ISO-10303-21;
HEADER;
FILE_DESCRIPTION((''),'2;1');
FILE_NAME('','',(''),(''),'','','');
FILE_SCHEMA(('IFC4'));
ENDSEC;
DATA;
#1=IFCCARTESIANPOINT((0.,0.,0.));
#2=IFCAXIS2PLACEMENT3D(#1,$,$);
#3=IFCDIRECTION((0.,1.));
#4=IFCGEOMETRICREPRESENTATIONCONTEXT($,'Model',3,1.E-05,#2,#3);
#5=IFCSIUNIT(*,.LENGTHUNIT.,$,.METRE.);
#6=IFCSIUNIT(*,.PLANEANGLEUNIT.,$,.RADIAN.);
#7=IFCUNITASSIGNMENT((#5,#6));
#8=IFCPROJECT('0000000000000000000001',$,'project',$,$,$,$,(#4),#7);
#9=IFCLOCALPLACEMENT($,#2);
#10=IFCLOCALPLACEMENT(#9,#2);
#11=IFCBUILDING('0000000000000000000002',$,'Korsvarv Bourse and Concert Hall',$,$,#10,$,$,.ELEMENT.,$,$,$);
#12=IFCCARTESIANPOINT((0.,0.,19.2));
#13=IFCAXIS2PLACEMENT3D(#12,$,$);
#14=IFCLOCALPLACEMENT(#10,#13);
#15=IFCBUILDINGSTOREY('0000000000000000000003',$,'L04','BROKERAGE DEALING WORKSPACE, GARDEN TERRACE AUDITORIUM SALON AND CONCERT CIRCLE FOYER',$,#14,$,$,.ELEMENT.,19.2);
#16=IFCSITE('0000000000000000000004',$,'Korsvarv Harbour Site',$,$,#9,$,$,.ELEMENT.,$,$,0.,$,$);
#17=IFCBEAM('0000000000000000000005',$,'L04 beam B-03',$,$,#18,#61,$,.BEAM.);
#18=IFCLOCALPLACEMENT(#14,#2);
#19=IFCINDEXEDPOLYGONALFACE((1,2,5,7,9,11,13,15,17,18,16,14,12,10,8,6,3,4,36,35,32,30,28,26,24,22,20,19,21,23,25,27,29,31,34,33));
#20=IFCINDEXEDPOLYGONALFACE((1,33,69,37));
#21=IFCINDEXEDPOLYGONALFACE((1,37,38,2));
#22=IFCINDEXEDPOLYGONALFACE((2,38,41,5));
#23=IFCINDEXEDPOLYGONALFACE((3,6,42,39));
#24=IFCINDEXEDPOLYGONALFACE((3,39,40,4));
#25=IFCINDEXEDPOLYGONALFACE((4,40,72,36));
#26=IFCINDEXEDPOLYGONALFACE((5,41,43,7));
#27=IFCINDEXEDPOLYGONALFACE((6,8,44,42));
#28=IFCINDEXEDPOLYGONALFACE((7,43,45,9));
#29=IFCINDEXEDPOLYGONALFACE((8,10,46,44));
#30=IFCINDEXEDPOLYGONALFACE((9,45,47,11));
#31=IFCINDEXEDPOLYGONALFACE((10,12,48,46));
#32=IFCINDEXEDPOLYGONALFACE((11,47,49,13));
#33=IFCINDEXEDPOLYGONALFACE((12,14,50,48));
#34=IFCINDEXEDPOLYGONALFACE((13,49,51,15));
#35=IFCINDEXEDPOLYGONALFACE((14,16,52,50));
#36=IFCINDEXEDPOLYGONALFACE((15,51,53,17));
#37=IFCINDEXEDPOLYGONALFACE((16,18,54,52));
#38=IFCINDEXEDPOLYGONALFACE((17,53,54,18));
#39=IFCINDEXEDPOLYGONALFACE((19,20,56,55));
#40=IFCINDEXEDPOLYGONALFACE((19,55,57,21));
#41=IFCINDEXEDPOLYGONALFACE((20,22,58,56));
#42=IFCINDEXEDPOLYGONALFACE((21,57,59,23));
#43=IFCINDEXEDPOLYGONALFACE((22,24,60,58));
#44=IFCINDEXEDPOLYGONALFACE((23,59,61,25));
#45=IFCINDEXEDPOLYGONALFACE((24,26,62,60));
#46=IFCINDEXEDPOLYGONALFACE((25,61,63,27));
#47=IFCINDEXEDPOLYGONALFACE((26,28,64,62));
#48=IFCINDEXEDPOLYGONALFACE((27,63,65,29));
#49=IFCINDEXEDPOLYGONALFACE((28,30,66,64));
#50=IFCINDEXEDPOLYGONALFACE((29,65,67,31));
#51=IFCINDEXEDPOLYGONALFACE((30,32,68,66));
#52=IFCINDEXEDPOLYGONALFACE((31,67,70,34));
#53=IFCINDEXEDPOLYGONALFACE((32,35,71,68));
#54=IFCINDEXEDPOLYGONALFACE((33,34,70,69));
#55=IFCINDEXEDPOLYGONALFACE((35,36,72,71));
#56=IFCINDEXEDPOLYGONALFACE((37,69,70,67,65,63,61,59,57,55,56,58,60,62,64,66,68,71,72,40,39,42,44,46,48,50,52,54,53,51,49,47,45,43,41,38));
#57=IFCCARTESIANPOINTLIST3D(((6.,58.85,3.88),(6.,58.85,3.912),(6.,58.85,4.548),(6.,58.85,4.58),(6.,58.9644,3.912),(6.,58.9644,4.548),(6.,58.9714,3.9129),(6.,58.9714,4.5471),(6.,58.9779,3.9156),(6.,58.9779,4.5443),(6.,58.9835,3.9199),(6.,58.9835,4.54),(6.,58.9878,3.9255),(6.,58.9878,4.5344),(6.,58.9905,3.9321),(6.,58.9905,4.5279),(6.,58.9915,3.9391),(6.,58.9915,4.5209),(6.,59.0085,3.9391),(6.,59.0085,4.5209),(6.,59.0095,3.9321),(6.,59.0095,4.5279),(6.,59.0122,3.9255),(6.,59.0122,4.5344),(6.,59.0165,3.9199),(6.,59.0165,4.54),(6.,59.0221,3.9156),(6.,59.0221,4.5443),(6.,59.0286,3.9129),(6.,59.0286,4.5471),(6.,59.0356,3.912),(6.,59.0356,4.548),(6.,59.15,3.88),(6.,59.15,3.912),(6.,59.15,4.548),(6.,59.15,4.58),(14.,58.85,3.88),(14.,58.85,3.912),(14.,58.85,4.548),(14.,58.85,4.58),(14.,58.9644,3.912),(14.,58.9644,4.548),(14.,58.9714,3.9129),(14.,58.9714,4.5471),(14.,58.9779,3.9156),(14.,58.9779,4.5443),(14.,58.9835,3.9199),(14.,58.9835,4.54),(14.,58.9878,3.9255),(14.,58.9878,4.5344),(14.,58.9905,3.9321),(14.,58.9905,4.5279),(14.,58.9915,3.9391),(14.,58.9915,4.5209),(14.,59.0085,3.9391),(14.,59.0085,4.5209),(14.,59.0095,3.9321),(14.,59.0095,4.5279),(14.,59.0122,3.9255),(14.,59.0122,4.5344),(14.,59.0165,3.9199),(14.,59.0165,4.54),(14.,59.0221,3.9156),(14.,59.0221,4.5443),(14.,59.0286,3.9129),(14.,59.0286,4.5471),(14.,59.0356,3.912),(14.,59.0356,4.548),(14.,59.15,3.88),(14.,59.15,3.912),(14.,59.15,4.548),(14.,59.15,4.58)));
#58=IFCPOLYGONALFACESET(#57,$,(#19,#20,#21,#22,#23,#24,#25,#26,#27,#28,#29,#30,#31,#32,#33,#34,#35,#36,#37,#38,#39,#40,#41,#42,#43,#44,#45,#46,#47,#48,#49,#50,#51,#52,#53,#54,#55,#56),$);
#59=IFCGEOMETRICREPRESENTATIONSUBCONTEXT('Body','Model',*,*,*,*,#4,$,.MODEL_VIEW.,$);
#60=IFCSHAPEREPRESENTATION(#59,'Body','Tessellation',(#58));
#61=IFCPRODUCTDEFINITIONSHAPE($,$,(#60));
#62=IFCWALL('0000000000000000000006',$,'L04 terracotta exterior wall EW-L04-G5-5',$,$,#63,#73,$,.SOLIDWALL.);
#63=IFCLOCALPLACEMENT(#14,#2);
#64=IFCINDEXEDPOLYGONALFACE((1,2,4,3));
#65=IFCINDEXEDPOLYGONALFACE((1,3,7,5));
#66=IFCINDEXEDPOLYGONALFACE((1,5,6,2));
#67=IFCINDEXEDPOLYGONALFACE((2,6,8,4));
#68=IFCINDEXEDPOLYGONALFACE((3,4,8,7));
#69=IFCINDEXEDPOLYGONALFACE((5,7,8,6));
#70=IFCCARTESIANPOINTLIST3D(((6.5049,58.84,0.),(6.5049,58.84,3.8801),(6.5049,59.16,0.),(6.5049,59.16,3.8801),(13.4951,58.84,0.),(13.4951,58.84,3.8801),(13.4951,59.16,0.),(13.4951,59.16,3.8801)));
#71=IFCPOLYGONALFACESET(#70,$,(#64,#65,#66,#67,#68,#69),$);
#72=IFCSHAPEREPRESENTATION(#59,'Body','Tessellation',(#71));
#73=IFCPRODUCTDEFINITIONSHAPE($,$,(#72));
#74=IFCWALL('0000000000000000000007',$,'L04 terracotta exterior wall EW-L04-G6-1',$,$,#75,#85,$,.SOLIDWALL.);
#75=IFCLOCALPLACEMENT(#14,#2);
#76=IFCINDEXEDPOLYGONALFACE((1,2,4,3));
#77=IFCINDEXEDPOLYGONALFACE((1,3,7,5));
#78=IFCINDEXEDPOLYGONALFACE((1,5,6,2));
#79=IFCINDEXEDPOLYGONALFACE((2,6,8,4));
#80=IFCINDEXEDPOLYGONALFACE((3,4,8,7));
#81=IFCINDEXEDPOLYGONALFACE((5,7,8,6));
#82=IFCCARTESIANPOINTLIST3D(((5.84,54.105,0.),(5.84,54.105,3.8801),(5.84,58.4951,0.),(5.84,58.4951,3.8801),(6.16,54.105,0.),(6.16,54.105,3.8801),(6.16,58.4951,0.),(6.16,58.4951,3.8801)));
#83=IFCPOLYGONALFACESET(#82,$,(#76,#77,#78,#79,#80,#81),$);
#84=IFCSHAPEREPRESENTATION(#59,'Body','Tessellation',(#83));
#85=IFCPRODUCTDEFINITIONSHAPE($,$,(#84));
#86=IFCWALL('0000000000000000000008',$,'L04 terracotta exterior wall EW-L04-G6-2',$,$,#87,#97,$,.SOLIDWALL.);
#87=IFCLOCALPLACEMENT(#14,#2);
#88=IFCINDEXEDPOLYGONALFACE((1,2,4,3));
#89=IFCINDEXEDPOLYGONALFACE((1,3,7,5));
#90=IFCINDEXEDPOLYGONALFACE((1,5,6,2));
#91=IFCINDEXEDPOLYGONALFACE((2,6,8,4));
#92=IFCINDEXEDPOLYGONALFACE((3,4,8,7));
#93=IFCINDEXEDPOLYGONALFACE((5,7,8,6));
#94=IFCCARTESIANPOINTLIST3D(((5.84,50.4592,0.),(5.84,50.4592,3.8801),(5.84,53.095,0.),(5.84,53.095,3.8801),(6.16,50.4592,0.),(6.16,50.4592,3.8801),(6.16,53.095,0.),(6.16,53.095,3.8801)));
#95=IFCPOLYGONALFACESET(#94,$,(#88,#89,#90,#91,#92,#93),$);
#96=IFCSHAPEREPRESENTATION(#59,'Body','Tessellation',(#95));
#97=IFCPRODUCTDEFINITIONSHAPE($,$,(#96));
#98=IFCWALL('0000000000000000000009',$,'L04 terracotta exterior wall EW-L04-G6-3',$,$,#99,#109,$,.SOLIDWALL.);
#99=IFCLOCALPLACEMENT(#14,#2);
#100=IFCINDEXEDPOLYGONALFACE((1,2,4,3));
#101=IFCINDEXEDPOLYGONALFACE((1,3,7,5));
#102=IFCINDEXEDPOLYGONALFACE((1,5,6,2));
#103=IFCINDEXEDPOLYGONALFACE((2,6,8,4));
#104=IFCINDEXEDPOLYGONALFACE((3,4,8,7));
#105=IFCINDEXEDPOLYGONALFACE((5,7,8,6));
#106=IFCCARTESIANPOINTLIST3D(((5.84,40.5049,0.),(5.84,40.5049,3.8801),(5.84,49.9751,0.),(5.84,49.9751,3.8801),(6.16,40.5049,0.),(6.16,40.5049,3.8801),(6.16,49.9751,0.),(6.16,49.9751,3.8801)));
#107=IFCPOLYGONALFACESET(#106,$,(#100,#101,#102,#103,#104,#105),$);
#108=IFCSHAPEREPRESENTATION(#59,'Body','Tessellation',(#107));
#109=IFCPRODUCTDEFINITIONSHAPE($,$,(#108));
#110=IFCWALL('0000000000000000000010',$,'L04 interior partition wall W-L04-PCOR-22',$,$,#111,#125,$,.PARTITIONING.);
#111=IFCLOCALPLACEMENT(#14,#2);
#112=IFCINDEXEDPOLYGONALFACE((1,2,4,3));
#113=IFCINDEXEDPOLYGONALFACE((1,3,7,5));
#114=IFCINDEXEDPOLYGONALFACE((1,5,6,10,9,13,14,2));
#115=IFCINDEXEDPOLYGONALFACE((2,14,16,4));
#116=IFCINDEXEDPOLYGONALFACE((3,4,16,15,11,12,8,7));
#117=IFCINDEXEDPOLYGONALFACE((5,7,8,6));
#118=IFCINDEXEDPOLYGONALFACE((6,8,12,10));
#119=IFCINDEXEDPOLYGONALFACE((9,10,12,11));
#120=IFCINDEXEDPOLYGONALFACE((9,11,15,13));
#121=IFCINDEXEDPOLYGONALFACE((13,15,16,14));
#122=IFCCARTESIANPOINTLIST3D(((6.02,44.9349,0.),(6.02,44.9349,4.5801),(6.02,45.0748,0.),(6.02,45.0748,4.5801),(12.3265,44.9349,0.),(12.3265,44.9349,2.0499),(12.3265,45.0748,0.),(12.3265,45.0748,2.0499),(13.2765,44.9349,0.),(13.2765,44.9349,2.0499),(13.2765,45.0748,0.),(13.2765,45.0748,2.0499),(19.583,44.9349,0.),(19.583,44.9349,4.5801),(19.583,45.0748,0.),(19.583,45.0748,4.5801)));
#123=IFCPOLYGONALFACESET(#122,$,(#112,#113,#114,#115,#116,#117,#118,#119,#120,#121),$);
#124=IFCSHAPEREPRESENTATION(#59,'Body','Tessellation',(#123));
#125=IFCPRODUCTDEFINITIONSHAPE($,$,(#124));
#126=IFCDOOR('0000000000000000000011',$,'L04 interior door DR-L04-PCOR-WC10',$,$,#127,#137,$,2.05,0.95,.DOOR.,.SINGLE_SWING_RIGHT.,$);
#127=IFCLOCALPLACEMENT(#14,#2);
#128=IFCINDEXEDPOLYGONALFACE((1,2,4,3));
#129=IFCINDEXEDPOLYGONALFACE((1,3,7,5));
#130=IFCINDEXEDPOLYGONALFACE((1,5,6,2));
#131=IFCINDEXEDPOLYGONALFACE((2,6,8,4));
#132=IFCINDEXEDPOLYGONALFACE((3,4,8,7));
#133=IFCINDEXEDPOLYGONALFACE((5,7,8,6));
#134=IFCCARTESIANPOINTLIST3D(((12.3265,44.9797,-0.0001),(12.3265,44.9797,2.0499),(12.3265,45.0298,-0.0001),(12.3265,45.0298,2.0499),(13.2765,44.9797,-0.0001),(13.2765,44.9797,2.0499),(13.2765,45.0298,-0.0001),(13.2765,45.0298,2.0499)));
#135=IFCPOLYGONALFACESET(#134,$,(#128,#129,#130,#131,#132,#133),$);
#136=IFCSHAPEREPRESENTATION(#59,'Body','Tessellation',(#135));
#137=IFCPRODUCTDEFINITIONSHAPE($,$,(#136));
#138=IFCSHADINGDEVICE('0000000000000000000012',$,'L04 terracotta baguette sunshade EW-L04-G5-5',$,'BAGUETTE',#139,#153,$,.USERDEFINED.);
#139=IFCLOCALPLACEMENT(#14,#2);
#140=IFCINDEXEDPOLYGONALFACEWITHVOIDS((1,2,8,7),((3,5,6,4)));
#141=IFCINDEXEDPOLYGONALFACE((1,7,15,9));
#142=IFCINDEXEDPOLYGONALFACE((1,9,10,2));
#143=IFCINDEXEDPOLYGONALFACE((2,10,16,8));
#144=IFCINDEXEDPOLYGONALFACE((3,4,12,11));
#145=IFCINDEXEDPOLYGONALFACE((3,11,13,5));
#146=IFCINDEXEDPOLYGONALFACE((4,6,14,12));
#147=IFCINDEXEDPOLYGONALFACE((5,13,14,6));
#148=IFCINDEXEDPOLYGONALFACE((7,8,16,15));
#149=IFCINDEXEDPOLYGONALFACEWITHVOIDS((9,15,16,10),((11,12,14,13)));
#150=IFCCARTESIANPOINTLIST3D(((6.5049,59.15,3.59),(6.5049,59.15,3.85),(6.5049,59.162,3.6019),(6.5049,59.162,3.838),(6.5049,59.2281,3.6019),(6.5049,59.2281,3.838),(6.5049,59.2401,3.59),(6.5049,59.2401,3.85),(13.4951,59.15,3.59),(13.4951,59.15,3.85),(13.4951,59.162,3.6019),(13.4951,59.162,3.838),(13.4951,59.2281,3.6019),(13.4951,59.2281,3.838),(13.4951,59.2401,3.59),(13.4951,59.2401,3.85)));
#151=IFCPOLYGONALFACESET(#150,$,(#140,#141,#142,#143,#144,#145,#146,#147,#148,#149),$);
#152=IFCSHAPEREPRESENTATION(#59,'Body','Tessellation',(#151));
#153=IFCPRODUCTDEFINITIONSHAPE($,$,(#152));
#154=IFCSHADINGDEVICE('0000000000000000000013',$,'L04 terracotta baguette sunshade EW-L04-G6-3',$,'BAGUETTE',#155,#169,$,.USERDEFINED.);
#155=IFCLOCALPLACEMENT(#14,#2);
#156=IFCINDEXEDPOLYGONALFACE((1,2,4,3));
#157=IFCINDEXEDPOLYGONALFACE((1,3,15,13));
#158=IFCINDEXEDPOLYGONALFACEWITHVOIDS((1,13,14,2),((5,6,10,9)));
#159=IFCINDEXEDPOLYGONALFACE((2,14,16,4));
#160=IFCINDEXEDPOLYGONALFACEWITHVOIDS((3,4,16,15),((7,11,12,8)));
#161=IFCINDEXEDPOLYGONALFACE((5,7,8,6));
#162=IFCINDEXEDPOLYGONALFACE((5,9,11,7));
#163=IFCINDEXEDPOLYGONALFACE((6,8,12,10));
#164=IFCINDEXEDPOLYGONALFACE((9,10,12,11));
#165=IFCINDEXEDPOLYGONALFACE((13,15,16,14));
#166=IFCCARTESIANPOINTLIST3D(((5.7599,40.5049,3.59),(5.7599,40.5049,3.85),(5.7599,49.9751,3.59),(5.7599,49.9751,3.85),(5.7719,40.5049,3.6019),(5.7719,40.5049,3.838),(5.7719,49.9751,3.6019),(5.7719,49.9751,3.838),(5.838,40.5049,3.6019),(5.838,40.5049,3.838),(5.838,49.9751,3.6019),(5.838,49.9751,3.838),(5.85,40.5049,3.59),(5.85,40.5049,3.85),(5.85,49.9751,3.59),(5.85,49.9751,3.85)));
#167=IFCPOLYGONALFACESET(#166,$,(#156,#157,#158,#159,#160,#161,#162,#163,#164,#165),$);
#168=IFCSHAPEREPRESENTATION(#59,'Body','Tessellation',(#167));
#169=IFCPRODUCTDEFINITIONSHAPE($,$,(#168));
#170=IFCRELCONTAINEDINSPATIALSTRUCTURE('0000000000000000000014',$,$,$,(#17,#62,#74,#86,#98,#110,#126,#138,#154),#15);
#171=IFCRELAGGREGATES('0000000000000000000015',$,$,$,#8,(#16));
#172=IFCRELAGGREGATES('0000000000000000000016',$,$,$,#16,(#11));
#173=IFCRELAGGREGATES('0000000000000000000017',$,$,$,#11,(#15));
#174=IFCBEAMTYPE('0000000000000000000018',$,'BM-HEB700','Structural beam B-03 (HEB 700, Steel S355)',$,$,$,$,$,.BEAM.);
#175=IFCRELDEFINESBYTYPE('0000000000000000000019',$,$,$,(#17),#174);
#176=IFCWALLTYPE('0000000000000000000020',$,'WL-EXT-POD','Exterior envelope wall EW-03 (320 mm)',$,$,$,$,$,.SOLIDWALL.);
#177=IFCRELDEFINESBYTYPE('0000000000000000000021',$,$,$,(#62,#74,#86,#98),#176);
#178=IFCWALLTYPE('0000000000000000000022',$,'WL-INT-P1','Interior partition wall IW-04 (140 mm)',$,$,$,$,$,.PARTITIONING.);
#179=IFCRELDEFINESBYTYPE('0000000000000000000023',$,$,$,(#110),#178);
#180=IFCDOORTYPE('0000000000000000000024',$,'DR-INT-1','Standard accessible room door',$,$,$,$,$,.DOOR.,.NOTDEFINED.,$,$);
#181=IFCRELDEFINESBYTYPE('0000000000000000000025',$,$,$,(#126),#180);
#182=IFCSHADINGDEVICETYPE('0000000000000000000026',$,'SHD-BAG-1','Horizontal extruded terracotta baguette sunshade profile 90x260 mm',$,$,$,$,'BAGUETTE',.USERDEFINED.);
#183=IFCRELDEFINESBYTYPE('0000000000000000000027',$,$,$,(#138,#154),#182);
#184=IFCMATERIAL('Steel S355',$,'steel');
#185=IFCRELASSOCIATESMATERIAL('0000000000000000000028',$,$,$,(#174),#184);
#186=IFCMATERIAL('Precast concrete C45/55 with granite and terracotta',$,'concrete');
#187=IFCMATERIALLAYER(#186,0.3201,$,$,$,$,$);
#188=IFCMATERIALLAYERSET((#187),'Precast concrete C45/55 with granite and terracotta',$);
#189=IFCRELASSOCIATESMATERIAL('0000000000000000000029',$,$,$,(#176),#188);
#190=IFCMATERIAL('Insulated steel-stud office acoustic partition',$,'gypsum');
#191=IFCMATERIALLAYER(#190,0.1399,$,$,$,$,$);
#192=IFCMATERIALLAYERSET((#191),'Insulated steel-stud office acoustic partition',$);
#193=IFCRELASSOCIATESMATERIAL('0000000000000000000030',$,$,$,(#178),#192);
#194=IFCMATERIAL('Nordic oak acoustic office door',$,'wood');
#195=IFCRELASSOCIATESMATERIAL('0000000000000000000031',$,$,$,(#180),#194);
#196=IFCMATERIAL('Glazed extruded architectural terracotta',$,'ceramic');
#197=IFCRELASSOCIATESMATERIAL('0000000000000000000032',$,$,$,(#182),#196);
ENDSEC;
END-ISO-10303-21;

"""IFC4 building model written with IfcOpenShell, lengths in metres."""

from ifc_helpers import new_model, si_unit, direction, frame, frame_2d, origin, origin_2d, place, context, subcontext, project, spatial, rectangle, hollow_rectangle, i_section, extrude, source, transform, mapped, material, layer, layer_set, material_profile, profile_set, type_object, element, fill, save


model = new_model("IFC4")

# Units and contexts
model_context = context("Model", 3, precision=1e-05, world=origin(), true_north=direction((0.0, 1.0)))
body_context = subcontext(model_context, "Body", "Model", "MODEL_VIEW")
ifc_project = project(units=[si_unit("LENGTHUNIT", "METRE"), si_unit("PLANEANGLEUNIT", "RADIAN")], contexts=[model_context])

# Site, building, storey
site_placement = place(None, origin())
site = spatial("IfcSite", under=ifc_project, at=site_placement, Name="Korsvarv Harbour Site", CompositionType="ELEMENT", RefElevation=0.0)
building_placement = place(site_placement, origin())
building = spatial("IfcBuilding", under=site, at=building_placement, Name="Korsvarv Bourse and Concert Hall", CompositionType="ELEMENT")
storey_placement = place(building_placement, frame((0.0, 0.0, 19.2)))
storey = spatial("IfcBuildingStorey", under=building, at=storey_placement, Name="L04", Description="BROKERAGE DEALING WORKSPACE, GARDEN TERRACE AUDITORIUM SALON AND CONCERT CIRCLE FOYER", CompositionType="ELEMENT", Elevation=19.2)

# Beam
ifc_material_1 = material(Name="Steel S355", Category="steel")
ifc_material_profile_1 = material_profile(ifc_material_1, i_section(OverallWidth=0.3, OverallDepth=0.7, WebThickness=0.0171, FlangeThickness=0.032, FilletRadius=0.0271, at=origin_2d()), Name="HEB 700")
ifc_profile_set_1 = profile_set([ifc_material_profile_1], Name="Steel S355")
beam_type = type_object("IfcBeamType", Name="BM-HEB700", Description="Structural beam B-03 (HEB 700, Steel S355)", PredefinedType="BEAM", material=ifc_profile_set_1)
shared_shape_1 = source(origin(), body_context, "Body", "SweptSolid", [
    extrude(i_section(OverallWidth=0.3, OverallDepth=0.7, WebThickness=0.0171, FlangeThickness=0.032, FilletRadius=0.0271, at=origin_2d()), origin(), (0.0, 0.0, 1.0), 8.0),
])
beam_1_placement = place(storey_placement, frame((6.0, 59.0, 4.23), z_axis=(1.0, 0.0, 0.0), x_axis=(0.0, 1.0, 0.0)))
element("IfcBeam", 1, at=beam_1_placement, inside=storey, type_object=beam_type, Name="L04 beam B-03", PredefinedType="BEAM", context=body_context, shape_type="MappedRepresentation", body=[
    mapped(shared_shape_1, transform((0.0, 0.0, 0.0), scale=1.0)),
])

# Walls
ifc_material_2 = material(Name="Precast concrete C45/55 with granite and terracotta", Category="concrete")
ifc_layer_1 = layer(ifc_material_2, 0.3201)
ifc_layer_set_1 = layer_set([ifc_layer_1], Name="Precast concrete C45/55 with granite and terracotta")
wall_type_1 = type_object("IfcWallType", Name="WL-EXT-POD", Description="Exterior envelope wall EW-03 (320 mm)", PredefinedType="SOLIDWALL", material=ifc_layer_set_1)
wall_1_placement = place(storey_placement, frame((13.4951, 59.0, 0.0), z_axis=(0.0, 0.0, 1.0), x_axis=(-1.0, 0.0, 0.0)))
element("IfcWall", 2, at=wall_1_placement, inside=storey, type_object=wall_type_1, Name="L04 terracotta exterior wall EW-L04-G5-5", PredefinedType="SOLIDWALL", context=body_context, shape_type="SweptSolid", body=[
    extrude(rectangle(XDim=6.9902, YDim=0.3201, at=frame_2d((3.4951, 0.0))), origin(), (0.0, 0.0, 1.0), 3.8801),
])
wall_2_placement = place(storey_placement, frame((6.0, 58.4951, 0.0), z_axis=(0.0, 0.0, 1.0), x_axis=(0.0, -1.0, 0.0)))
element("IfcWall", 3, at=wall_2_placement, inside=storey, type_object=wall_type_1, Name="L04 terracotta exterior wall EW-L04-G6-1", PredefinedType="SOLIDWALL", context=body_context, shape_type="SweptSolid", body=[
    extrude(rectangle(XDim=4.3901, YDim=0.3201, at=frame_2d((2.1951, 0.0))), origin(), (0.0, 0.0, 1.0), 3.8801),
])
wall_3_placement = place(storey_placement, frame((6.0, 53.095, 0.0), z_axis=(0.0, 0.0, 1.0), x_axis=(0.0, -1.0, 0.0)))
element("IfcWall", 4, at=wall_3_placement, inside=storey, type_object=wall_type_1, Name="L04 terracotta exterior wall EW-L04-G6-2", PredefinedType="SOLIDWALL", context=body_context, shape_type="SweptSolid", body=[
    extrude(rectangle(XDim=2.6357, YDim=0.3201, at=frame_2d((1.3179, 0.0))), origin(), (0.0, 0.0, 1.0), 3.8801),
])
wall_4_placement = place(storey_placement, frame((6.0, 49.9751, 0.0), z_axis=(0.0, 0.0, 1.0), x_axis=(0.0, -1.0, 0.0)))
element("IfcWall", 5, at=wall_4_placement, inside=storey, type_object=wall_type_1, Name="L04 terracotta exterior wall EW-L04-G6-3", PredefinedType="SOLIDWALL", context=body_context, shape_type="SweptSolid", body=[
    extrude(rectangle(XDim=9.4702, YDim=0.3201, at=frame_2d((4.7351, 0.0))), origin(), (0.0, 0.0, 1.0), 3.8801),
])

# Wall, opening, door
ifc_material_3 = material(Name="Insulated steel-stud office acoustic partition", Category="gypsum")
ifc_layer_2 = layer(ifc_material_3, 0.1399)
ifc_layer_set_2 = layer_set([ifc_layer_2], Name="Insulated steel-stud office acoustic partition")
wall_type_2 = type_object("IfcWallType", Name="WL-INT-P1", Description="Interior partition wall IW-04 (140 mm)", PredefinedType="PARTITIONING", material=ifc_layer_set_2)
wall_5_placement = place(storey_placement, frame((6.02, 45.0049, 0.0), z_axis=(0.0, 0.0, 1.0), x_axis=(1.0, 0.0, 0.0)))
wall_5 = element("IfcWall", 6, at=wall_5_placement, inside=storey, type_object=wall_type_2, Name="L04 interior partition wall W-L04-PCOR-22", PredefinedType="PARTITIONING", context=body_context, shape_type="SweptSolid", body=[
    extrude(rectangle(XDim=13.563, YDim=0.1399, at=frame_2d((6.7815, 0.0))), origin(), (0.0, 0.0, 1.0), 4.5801),
])
opening_placement = place(wall_5_placement, frame((6.3064, 0.0, 0.0)))
opening = element("IfcOpeningElement", 7, at=opening_placement, cuts=wall_5, PredefinedType="OPENING", context=body_context, shape_type="SweptSolid", body=[
    extrude(rectangle(XDim=0.95, YDim=2.05, at=frame_2d((0.4751, 1.0249))), frame((0.0, 0.0801, 0.0), z_axis=(0.0, -1.0, 0.0), x_axis=(1.0, 0.0, 0.0)), (0.0, 0.0, 1.0), 0.1599),
])
ifc_material_4 = material(Name="Nordic oak acoustic office door", Category="wood")
door_type = type_object("IfcDoorType", Name="DR-INT-1", Description="Standard accessible room door", OperationType="NOTDEFINED", PredefinedType="DOOR", material=ifc_material_4)
door_placement = place(opening_placement, origin())
door = element("IfcDoor", 8, at=door_placement, inside=storey, type_object=door_type, Name="L04 interior door DR-L04-PCOR-WC10", OperationType="SINGLE_SWING_RIGHT", OverallHeight=2.05, OverallWidth=0.95, PredefinedType="DOOR", context=body_context, shape_type="SweptSolid", body=[
    extrude(rectangle(XDim=0.95, YDim=2.05, at=frame_2d((0.4751, 1.0249))), frame((0.0, 0.0249, 0.0), z_axis=(0.0, -1.0, 0.0), x_axis=(1.0, 0.0, 0.0)), (0.0, 0.0, 1.0), 0.05),
])
fill(opening, door)

# Shading devices
ifc_material_5 = material(Name="Glazed extruded architectural terracotta", Category="ceramic")
ifc_material_profile_2 = material_profile(ifc_material_5, hollow_rectangle(XDim=0.0901, YDim=0.26, WallThickness=0.012, at=origin_2d()), Name="TC-BAG 90x260")
ifc_profile_set_2 = profile_set([ifc_material_profile_2], Name="Glazed extruded architectural terracotta")
shading_device_type = type_object("IfcShadingDeviceType", Name="SHD-BAG-1", Description="Horizontal extruded terracotta baguette sunshade profile 90x260 mm", ElementType="BAGUETTE", PredefinedType="USERDEFINED", material=ifc_profile_set_2)
shared_shape_2 = source(origin(), body_context, "Body", "SweptSolid", [
    extrude(hollow_rectangle(XDim=0.0901, YDim=0.26, WallThickness=0.012, at=origin_2d()), origin(), (0.0, 0.0, 1.0), 6.9902),
])
shading_device_1_placement = place(storey_placement, frame((13.4951, 59.1951, 3.72), z_axis=(-1.0, 0.0, 0.0), x_axis=(0.0, -1.0, 0.0)))
element("IfcShadingDevice", 9, at=shading_device_1_placement, inside=storey, type_object=shading_device_type, Name="L04 terracotta baguette sunshade EW-L04-G5-5", ObjectType="BAGUETTE", PredefinedType="USERDEFINED", context=body_context, shape_type="MappedRepresentation", body=[
    mapped(shared_shape_2, transform((0.0, 0.0, 0.0), scale=1.0)),
])
shared_shape_3 = source(origin(), body_context, "Body", "SweptSolid", [
    extrude(hollow_rectangle(XDim=0.0901, YDim=0.26, WallThickness=0.012, at=origin_2d()), origin(), (0.0, 0.0, 1.0), 9.4702),
])
shading_device_2_placement = place(storey_placement, frame((5.8049, 49.9751, 3.72), z_axis=(0.0, -1.0, 0.0), x_axis=(1.0, 0.0, 0.0)))
element("IfcShadingDevice", 10, at=shading_device_2_placement, inside=storey, type_object=shading_device_type, Name="L04 terracotta baguette sunshade EW-L04-G6-3", ObjectType="BAGUETTE", PredefinedType="USERDEFINED", context=body_context, shape_type="MappedRepresentation", body=[
    mapped(shared_shape_3, transform((0.0, 0.0, 0.0), scale=1.0)),
])

save(model, "model.ifc")
